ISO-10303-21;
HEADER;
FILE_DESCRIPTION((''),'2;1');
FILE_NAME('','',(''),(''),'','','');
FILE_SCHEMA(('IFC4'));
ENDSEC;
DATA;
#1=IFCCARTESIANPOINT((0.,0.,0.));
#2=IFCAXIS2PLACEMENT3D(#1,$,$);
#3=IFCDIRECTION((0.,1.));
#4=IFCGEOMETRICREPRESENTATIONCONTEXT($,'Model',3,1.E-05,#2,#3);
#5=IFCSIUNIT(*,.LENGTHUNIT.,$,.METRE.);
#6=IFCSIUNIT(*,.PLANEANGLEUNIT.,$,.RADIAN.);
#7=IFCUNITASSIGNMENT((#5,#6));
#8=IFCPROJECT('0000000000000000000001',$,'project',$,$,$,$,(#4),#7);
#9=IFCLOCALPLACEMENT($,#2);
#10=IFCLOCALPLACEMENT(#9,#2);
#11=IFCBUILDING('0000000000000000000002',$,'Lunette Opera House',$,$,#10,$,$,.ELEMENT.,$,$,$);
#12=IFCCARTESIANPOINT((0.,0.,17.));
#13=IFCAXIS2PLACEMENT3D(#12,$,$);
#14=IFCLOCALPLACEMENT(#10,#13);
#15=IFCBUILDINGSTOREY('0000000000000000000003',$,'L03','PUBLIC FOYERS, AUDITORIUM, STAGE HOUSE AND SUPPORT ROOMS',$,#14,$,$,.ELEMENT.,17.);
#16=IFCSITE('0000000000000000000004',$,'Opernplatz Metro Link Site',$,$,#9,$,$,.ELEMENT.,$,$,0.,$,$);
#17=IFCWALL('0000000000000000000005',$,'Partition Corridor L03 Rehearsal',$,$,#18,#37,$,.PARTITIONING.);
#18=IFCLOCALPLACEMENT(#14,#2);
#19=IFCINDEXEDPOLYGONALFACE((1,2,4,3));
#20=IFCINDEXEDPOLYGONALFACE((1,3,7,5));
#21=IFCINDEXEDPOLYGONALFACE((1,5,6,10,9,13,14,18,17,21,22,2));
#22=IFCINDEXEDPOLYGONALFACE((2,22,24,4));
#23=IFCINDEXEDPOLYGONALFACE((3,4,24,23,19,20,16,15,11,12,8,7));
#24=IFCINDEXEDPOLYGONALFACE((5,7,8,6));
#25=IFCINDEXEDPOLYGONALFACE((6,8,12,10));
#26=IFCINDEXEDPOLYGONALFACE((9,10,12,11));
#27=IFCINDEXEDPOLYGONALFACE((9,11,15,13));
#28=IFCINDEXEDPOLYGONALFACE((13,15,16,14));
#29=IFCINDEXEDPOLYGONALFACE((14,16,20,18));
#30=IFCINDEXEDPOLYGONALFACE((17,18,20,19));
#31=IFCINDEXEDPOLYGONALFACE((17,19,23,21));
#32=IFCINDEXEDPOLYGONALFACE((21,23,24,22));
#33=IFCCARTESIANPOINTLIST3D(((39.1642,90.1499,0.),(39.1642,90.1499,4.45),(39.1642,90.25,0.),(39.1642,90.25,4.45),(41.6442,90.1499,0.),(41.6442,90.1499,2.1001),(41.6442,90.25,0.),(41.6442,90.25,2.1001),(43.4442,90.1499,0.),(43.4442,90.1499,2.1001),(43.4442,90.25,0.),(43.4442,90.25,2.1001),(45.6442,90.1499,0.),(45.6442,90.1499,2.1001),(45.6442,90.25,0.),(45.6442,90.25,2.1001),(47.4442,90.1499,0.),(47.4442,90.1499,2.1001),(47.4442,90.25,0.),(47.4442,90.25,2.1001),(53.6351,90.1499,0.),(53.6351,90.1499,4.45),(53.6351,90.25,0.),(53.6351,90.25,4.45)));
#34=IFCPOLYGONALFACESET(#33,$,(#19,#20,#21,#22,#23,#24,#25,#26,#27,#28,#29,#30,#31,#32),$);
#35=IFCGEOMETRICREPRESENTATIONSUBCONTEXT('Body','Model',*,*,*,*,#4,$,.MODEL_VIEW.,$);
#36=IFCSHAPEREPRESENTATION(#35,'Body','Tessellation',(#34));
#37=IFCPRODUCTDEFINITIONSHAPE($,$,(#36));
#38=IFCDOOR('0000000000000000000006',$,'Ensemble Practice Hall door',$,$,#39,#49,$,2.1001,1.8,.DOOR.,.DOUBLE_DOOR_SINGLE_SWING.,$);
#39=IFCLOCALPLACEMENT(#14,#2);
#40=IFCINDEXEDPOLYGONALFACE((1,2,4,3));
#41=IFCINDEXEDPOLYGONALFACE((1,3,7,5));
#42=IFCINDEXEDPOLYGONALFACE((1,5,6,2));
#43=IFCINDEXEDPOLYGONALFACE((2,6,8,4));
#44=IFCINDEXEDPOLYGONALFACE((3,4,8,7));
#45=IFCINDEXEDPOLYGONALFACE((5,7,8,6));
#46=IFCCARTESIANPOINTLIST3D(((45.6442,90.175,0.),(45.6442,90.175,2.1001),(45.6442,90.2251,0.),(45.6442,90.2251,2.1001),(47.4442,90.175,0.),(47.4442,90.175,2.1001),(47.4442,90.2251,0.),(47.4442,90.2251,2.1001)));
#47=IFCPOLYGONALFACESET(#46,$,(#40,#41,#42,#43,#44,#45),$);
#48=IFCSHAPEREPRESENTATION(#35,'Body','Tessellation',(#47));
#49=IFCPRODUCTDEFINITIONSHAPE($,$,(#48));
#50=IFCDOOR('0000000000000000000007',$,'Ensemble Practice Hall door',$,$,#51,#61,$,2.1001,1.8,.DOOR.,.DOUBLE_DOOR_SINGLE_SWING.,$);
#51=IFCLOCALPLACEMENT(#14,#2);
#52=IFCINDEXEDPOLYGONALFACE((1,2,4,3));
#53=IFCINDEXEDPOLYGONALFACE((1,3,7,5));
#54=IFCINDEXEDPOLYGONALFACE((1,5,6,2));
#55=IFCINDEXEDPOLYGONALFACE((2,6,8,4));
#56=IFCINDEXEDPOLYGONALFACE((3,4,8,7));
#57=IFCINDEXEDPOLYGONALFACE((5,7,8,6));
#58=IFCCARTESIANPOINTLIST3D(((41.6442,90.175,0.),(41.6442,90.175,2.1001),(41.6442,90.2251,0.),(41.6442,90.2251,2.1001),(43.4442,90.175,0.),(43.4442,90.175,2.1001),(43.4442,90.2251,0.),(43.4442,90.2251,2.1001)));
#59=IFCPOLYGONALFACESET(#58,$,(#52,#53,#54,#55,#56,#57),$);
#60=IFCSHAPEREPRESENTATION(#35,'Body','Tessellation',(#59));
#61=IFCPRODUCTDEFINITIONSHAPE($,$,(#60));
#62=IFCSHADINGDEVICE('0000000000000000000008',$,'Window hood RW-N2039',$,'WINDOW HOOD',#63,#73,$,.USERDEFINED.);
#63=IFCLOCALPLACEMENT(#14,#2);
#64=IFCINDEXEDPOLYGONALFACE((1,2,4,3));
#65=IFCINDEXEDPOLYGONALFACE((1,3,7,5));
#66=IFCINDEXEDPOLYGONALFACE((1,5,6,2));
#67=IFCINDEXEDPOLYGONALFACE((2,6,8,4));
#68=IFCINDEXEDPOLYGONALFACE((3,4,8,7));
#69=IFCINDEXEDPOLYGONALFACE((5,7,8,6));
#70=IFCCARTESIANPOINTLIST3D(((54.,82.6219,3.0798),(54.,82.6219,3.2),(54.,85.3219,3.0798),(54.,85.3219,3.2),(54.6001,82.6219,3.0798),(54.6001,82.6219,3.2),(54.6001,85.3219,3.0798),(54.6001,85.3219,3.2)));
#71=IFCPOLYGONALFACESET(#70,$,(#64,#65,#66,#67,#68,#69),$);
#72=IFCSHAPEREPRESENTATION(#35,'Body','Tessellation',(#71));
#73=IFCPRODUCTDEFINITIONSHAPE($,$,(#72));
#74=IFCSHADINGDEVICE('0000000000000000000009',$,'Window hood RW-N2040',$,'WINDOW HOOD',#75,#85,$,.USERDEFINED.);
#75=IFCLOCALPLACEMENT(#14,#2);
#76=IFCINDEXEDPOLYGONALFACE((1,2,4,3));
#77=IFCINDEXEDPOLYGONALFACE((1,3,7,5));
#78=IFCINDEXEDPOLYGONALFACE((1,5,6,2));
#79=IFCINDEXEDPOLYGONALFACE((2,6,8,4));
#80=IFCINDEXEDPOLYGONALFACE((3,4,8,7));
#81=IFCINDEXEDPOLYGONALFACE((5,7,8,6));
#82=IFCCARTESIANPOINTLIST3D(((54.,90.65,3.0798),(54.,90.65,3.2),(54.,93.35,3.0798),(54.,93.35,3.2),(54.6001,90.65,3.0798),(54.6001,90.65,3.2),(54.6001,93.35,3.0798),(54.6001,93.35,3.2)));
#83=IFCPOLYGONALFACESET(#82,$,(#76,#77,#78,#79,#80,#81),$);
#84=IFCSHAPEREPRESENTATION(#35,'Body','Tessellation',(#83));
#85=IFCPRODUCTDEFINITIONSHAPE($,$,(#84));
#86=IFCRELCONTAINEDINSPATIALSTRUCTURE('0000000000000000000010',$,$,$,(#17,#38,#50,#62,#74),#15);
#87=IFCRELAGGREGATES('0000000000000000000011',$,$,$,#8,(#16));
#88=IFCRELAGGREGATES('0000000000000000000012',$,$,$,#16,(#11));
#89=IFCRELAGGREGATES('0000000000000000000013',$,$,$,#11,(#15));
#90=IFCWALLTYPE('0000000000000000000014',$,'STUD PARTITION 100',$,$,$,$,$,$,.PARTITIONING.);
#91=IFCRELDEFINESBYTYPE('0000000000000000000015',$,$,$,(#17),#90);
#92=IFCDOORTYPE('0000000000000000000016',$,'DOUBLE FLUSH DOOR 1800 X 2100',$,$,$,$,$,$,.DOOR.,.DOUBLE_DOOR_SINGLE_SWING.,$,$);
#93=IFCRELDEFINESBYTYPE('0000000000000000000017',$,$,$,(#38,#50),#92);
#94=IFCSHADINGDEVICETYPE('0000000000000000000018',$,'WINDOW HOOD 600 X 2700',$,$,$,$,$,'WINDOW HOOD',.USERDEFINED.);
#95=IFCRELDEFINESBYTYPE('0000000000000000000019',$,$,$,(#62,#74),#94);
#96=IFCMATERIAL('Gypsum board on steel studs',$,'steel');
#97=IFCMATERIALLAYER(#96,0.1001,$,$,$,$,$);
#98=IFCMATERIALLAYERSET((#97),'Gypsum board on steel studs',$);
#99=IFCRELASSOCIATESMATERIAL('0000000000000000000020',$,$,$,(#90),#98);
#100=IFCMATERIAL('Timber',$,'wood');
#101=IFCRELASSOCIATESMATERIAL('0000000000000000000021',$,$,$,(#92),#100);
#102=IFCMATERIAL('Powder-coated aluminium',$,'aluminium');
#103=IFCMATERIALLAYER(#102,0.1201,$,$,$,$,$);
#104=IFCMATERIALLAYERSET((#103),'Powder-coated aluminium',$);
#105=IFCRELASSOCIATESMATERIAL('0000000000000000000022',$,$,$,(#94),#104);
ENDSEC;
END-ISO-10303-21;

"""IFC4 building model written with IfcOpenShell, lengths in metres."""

from ifc_helpers import new_model, si_unit, direction, frame, frame_2d, origin, origin_2d, place, context, subcontext, project, spatial, rectangle, extrude, material, layer, layer_set, type_object, element, fill, save


model = new_model("IFC4")

# Units and contexts
model_context = context("Model", 3, precision=1e-05, world=origin(), true_north=direction((0.0, 1.0)))
body_context = subcontext(model_context, "Body", "Model", "MODEL_VIEW")
ifc_project = project(units=[si_unit("LENGTHUNIT", "METRE"), si_unit("PLANEANGLEUNIT", "RADIAN")], contexts=[model_context])

# Site, building, storey
site_placement = place(None, origin())
site = spatial("IfcSite", under=ifc_project, at=site_placement, Name="Opernplatz Metro Link Site", CompositionType="ELEMENT", RefElevation=0.0)
building_placement = place(site_placement, origin())
building = spatial("IfcBuilding", under=site, at=building_placement, Name="Lunette Opera House", CompositionType="ELEMENT")
storey_placement = place(building_placement, frame((0.0, 0.0, 17.0)))
storey = spatial("IfcBuildingStorey", under=building, at=storey_placement, Name="L03", Description="PUBLIC FOYERS, AUDITORIUM, STAGE HOUSE AND SUPPORT ROOMS", CompositionType="ELEMENT", Elevation=17.0)

# Wall, openings, doors
ifc_material_1 = material(Name="Gypsum board on steel studs", Category="steel")
ifc_layer_1 = layer(ifc_material_1, 0.1001)
ifc_layer_set_1 = layer_set([ifc_layer_1], Name="Gypsum board on steel studs")
wall_type_1 = type_object("IfcWallType", Name="STUD PARTITION 100", PredefinedType="PARTITIONING", material=ifc_layer_set_1)
wall_1_placement = place(storey_placement, frame((53.635, 90.2, 0.0), z_axis=(0.0, 0.0, 1.0), x_axis=(-1.0, 0.0, 0.0)))
wall_1 = element("IfcWall", 1, at=wall_1_placement, inside=storey, type_object=wall_type_1, Name="Partition Corridor L03 Rehearsal", PredefinedType="PARTITIONING", context=body_context, shape_type="SweptSolid", body=[
    extrude(rectangle(XDim=14.4709, YDim=0.1001, at=frame_2d((7.2354, 0.0))), origin(), (0.0, 0.0, 1.0), 4.45),
])
opening_1_placement = place(wall_1_placement, frame((6.1909, 0.0, 0.0)))
opening_1 = element("IfcOpeningElement", 2, at=opening_1_placement, cuts=wall_1, PredefinedType="OPENING", context=body_context, shape_type="SweptSolid", body=[
    extrude(rectangle(XDim=1.8, YDim=2.1001, at=frame_2d((0.8999, 1.05))), frame((0.0, 0.062, 0.0), z_axis=(0.0, -1.0, 0.0), x_axis=(1.0, 0.0, 0.0)), (0.0, 0.0, 1.0), 0.124),
])
opening_2_placement = place(wall_1_placement, frame((10.1909, 0.0, 0.0)))
opening_2 = element("IfcOpeningElement", 3, at=opening_2_placement, cuts=wall_1, PredefinedType="OPENING", context=body_context, shape_type="SweptSolid", body=[
    extrude(rectangle(XDim=1.8, YDim=2.1001, at=frame_2d((0.8999, 1.05))), frame((0.0, 0.062, 0.0), z_axis=(0.0, -1.0, 0.0), x_axis=(1.0, 0.0, 0.0)), (0.0, 0.0, 1.0), 0.124),
])
ifc_material_2 = material(Name="Timber", Category="wood")
door_type = type_object("IfcDoorType", Name="DOUBLE FLUSH DOOR 1800 X 2100", OperationType="DOUBLE_DOOR_SINGLE_SWING", PredefinedType="DOOR", material=ifc_material_2)
door_1_placement = place(opening_1_placement, origin())
door_1 = element("IfcDoor", 4, at=door_1_placement, inside=storey, type_object=door_type, Name="Ensemble Practice Hall door", OperationType="DOUBLE_DOOR_SINGLE_SWING", OverallHeight=2.1001, OverallWidth=1.8, PredefinedType="DOOR", context=body_context, shape_type="SweptSolid", body=[
    extrude(rectangle(XDim=1.8, YDim=2.1001, at=frame_2d((0.8999, 1.05))), frame((0.0, 0.0249, 0.0), z_axis=(0.0, -1.0, 0.0), x_axis=(1.0, 0.0, 0.0)), (0.0, 0.0, 1.0), 0.05),
])
fill(opening_1, door_1)
door_2_placement = place(opening_2_placement, origin())
door_2 = element("IfcDoor", 5, at=door_2_placement, inside=storey, type_object=door_type, Name="Ensemble Practice Hall door", OperationType="DOUBLE_DOOR_SINGLE_SWING", OverallHeight=2.1001, OverallWidth=1.8, PredefinedType="DOOR", context=body_context, shape_type="SweptSolid", body=[
    extrude(rectangle(XDim=1.8, YDim=2.1001, at=frame_2d((0.8999, 1.05))), frame((0.0, 0.0249, 0.0), z_axis=(0.0, -1.0, 0.0), x_axis=(1.0, 0.0, 0.0)), (0.0, 0.0, 1.0), 0.05),
])
fill(opening_2, door_2)

# Shading devices
ifc_material_3 = material(Name="Powder-coated aluminium", Category="aluminium")
ifc_layer_2 = layer(ifc_material_3, 0.1201)
ifc_layer_set_2 = layer_set([ifc_layer_2], Name="Powder-coated aluminium")
shading_device_type = type_object("IfcShadingDeviceType", Name="WINDOW HOOD 600 X 2700", ElementType="WINDOW HOOD", PredefinedType="USERDEFINED", material=ifc_layer_set_2)
for number, where, z_axis, x_axis, name in (
    (6, (54.3, 83.9719, 3.0798), (0.0, 0.0, 1.0), (1.0, 0.0, 0.0), "Window hood RW-N2039"),
    (7, (54.3, 92.0, 3.0798), (0.0, 0.0, 1.0), (1.0, 0.0, 0.0), "Window hood RW-N2040"),
):
    element("IfcShadingDevice", number, at=place(storey_placement, frame(where, z_axis=z_axis, x_axis=x_axis)), inside=storey, type_object=shading_device_type, Name=name, ObjectType="WINDOW HOOD", PredefinedType="USERDEFINED", context=body_context, shape_type="SweptSolid", body=[
        extrude(rectangle(XDim=0.6001, YDim=2.7, at=origin_2d()), origin(), (0.0, 0.0, 1.0), 0.1201),
    ])

save(model, "model.ifc")
